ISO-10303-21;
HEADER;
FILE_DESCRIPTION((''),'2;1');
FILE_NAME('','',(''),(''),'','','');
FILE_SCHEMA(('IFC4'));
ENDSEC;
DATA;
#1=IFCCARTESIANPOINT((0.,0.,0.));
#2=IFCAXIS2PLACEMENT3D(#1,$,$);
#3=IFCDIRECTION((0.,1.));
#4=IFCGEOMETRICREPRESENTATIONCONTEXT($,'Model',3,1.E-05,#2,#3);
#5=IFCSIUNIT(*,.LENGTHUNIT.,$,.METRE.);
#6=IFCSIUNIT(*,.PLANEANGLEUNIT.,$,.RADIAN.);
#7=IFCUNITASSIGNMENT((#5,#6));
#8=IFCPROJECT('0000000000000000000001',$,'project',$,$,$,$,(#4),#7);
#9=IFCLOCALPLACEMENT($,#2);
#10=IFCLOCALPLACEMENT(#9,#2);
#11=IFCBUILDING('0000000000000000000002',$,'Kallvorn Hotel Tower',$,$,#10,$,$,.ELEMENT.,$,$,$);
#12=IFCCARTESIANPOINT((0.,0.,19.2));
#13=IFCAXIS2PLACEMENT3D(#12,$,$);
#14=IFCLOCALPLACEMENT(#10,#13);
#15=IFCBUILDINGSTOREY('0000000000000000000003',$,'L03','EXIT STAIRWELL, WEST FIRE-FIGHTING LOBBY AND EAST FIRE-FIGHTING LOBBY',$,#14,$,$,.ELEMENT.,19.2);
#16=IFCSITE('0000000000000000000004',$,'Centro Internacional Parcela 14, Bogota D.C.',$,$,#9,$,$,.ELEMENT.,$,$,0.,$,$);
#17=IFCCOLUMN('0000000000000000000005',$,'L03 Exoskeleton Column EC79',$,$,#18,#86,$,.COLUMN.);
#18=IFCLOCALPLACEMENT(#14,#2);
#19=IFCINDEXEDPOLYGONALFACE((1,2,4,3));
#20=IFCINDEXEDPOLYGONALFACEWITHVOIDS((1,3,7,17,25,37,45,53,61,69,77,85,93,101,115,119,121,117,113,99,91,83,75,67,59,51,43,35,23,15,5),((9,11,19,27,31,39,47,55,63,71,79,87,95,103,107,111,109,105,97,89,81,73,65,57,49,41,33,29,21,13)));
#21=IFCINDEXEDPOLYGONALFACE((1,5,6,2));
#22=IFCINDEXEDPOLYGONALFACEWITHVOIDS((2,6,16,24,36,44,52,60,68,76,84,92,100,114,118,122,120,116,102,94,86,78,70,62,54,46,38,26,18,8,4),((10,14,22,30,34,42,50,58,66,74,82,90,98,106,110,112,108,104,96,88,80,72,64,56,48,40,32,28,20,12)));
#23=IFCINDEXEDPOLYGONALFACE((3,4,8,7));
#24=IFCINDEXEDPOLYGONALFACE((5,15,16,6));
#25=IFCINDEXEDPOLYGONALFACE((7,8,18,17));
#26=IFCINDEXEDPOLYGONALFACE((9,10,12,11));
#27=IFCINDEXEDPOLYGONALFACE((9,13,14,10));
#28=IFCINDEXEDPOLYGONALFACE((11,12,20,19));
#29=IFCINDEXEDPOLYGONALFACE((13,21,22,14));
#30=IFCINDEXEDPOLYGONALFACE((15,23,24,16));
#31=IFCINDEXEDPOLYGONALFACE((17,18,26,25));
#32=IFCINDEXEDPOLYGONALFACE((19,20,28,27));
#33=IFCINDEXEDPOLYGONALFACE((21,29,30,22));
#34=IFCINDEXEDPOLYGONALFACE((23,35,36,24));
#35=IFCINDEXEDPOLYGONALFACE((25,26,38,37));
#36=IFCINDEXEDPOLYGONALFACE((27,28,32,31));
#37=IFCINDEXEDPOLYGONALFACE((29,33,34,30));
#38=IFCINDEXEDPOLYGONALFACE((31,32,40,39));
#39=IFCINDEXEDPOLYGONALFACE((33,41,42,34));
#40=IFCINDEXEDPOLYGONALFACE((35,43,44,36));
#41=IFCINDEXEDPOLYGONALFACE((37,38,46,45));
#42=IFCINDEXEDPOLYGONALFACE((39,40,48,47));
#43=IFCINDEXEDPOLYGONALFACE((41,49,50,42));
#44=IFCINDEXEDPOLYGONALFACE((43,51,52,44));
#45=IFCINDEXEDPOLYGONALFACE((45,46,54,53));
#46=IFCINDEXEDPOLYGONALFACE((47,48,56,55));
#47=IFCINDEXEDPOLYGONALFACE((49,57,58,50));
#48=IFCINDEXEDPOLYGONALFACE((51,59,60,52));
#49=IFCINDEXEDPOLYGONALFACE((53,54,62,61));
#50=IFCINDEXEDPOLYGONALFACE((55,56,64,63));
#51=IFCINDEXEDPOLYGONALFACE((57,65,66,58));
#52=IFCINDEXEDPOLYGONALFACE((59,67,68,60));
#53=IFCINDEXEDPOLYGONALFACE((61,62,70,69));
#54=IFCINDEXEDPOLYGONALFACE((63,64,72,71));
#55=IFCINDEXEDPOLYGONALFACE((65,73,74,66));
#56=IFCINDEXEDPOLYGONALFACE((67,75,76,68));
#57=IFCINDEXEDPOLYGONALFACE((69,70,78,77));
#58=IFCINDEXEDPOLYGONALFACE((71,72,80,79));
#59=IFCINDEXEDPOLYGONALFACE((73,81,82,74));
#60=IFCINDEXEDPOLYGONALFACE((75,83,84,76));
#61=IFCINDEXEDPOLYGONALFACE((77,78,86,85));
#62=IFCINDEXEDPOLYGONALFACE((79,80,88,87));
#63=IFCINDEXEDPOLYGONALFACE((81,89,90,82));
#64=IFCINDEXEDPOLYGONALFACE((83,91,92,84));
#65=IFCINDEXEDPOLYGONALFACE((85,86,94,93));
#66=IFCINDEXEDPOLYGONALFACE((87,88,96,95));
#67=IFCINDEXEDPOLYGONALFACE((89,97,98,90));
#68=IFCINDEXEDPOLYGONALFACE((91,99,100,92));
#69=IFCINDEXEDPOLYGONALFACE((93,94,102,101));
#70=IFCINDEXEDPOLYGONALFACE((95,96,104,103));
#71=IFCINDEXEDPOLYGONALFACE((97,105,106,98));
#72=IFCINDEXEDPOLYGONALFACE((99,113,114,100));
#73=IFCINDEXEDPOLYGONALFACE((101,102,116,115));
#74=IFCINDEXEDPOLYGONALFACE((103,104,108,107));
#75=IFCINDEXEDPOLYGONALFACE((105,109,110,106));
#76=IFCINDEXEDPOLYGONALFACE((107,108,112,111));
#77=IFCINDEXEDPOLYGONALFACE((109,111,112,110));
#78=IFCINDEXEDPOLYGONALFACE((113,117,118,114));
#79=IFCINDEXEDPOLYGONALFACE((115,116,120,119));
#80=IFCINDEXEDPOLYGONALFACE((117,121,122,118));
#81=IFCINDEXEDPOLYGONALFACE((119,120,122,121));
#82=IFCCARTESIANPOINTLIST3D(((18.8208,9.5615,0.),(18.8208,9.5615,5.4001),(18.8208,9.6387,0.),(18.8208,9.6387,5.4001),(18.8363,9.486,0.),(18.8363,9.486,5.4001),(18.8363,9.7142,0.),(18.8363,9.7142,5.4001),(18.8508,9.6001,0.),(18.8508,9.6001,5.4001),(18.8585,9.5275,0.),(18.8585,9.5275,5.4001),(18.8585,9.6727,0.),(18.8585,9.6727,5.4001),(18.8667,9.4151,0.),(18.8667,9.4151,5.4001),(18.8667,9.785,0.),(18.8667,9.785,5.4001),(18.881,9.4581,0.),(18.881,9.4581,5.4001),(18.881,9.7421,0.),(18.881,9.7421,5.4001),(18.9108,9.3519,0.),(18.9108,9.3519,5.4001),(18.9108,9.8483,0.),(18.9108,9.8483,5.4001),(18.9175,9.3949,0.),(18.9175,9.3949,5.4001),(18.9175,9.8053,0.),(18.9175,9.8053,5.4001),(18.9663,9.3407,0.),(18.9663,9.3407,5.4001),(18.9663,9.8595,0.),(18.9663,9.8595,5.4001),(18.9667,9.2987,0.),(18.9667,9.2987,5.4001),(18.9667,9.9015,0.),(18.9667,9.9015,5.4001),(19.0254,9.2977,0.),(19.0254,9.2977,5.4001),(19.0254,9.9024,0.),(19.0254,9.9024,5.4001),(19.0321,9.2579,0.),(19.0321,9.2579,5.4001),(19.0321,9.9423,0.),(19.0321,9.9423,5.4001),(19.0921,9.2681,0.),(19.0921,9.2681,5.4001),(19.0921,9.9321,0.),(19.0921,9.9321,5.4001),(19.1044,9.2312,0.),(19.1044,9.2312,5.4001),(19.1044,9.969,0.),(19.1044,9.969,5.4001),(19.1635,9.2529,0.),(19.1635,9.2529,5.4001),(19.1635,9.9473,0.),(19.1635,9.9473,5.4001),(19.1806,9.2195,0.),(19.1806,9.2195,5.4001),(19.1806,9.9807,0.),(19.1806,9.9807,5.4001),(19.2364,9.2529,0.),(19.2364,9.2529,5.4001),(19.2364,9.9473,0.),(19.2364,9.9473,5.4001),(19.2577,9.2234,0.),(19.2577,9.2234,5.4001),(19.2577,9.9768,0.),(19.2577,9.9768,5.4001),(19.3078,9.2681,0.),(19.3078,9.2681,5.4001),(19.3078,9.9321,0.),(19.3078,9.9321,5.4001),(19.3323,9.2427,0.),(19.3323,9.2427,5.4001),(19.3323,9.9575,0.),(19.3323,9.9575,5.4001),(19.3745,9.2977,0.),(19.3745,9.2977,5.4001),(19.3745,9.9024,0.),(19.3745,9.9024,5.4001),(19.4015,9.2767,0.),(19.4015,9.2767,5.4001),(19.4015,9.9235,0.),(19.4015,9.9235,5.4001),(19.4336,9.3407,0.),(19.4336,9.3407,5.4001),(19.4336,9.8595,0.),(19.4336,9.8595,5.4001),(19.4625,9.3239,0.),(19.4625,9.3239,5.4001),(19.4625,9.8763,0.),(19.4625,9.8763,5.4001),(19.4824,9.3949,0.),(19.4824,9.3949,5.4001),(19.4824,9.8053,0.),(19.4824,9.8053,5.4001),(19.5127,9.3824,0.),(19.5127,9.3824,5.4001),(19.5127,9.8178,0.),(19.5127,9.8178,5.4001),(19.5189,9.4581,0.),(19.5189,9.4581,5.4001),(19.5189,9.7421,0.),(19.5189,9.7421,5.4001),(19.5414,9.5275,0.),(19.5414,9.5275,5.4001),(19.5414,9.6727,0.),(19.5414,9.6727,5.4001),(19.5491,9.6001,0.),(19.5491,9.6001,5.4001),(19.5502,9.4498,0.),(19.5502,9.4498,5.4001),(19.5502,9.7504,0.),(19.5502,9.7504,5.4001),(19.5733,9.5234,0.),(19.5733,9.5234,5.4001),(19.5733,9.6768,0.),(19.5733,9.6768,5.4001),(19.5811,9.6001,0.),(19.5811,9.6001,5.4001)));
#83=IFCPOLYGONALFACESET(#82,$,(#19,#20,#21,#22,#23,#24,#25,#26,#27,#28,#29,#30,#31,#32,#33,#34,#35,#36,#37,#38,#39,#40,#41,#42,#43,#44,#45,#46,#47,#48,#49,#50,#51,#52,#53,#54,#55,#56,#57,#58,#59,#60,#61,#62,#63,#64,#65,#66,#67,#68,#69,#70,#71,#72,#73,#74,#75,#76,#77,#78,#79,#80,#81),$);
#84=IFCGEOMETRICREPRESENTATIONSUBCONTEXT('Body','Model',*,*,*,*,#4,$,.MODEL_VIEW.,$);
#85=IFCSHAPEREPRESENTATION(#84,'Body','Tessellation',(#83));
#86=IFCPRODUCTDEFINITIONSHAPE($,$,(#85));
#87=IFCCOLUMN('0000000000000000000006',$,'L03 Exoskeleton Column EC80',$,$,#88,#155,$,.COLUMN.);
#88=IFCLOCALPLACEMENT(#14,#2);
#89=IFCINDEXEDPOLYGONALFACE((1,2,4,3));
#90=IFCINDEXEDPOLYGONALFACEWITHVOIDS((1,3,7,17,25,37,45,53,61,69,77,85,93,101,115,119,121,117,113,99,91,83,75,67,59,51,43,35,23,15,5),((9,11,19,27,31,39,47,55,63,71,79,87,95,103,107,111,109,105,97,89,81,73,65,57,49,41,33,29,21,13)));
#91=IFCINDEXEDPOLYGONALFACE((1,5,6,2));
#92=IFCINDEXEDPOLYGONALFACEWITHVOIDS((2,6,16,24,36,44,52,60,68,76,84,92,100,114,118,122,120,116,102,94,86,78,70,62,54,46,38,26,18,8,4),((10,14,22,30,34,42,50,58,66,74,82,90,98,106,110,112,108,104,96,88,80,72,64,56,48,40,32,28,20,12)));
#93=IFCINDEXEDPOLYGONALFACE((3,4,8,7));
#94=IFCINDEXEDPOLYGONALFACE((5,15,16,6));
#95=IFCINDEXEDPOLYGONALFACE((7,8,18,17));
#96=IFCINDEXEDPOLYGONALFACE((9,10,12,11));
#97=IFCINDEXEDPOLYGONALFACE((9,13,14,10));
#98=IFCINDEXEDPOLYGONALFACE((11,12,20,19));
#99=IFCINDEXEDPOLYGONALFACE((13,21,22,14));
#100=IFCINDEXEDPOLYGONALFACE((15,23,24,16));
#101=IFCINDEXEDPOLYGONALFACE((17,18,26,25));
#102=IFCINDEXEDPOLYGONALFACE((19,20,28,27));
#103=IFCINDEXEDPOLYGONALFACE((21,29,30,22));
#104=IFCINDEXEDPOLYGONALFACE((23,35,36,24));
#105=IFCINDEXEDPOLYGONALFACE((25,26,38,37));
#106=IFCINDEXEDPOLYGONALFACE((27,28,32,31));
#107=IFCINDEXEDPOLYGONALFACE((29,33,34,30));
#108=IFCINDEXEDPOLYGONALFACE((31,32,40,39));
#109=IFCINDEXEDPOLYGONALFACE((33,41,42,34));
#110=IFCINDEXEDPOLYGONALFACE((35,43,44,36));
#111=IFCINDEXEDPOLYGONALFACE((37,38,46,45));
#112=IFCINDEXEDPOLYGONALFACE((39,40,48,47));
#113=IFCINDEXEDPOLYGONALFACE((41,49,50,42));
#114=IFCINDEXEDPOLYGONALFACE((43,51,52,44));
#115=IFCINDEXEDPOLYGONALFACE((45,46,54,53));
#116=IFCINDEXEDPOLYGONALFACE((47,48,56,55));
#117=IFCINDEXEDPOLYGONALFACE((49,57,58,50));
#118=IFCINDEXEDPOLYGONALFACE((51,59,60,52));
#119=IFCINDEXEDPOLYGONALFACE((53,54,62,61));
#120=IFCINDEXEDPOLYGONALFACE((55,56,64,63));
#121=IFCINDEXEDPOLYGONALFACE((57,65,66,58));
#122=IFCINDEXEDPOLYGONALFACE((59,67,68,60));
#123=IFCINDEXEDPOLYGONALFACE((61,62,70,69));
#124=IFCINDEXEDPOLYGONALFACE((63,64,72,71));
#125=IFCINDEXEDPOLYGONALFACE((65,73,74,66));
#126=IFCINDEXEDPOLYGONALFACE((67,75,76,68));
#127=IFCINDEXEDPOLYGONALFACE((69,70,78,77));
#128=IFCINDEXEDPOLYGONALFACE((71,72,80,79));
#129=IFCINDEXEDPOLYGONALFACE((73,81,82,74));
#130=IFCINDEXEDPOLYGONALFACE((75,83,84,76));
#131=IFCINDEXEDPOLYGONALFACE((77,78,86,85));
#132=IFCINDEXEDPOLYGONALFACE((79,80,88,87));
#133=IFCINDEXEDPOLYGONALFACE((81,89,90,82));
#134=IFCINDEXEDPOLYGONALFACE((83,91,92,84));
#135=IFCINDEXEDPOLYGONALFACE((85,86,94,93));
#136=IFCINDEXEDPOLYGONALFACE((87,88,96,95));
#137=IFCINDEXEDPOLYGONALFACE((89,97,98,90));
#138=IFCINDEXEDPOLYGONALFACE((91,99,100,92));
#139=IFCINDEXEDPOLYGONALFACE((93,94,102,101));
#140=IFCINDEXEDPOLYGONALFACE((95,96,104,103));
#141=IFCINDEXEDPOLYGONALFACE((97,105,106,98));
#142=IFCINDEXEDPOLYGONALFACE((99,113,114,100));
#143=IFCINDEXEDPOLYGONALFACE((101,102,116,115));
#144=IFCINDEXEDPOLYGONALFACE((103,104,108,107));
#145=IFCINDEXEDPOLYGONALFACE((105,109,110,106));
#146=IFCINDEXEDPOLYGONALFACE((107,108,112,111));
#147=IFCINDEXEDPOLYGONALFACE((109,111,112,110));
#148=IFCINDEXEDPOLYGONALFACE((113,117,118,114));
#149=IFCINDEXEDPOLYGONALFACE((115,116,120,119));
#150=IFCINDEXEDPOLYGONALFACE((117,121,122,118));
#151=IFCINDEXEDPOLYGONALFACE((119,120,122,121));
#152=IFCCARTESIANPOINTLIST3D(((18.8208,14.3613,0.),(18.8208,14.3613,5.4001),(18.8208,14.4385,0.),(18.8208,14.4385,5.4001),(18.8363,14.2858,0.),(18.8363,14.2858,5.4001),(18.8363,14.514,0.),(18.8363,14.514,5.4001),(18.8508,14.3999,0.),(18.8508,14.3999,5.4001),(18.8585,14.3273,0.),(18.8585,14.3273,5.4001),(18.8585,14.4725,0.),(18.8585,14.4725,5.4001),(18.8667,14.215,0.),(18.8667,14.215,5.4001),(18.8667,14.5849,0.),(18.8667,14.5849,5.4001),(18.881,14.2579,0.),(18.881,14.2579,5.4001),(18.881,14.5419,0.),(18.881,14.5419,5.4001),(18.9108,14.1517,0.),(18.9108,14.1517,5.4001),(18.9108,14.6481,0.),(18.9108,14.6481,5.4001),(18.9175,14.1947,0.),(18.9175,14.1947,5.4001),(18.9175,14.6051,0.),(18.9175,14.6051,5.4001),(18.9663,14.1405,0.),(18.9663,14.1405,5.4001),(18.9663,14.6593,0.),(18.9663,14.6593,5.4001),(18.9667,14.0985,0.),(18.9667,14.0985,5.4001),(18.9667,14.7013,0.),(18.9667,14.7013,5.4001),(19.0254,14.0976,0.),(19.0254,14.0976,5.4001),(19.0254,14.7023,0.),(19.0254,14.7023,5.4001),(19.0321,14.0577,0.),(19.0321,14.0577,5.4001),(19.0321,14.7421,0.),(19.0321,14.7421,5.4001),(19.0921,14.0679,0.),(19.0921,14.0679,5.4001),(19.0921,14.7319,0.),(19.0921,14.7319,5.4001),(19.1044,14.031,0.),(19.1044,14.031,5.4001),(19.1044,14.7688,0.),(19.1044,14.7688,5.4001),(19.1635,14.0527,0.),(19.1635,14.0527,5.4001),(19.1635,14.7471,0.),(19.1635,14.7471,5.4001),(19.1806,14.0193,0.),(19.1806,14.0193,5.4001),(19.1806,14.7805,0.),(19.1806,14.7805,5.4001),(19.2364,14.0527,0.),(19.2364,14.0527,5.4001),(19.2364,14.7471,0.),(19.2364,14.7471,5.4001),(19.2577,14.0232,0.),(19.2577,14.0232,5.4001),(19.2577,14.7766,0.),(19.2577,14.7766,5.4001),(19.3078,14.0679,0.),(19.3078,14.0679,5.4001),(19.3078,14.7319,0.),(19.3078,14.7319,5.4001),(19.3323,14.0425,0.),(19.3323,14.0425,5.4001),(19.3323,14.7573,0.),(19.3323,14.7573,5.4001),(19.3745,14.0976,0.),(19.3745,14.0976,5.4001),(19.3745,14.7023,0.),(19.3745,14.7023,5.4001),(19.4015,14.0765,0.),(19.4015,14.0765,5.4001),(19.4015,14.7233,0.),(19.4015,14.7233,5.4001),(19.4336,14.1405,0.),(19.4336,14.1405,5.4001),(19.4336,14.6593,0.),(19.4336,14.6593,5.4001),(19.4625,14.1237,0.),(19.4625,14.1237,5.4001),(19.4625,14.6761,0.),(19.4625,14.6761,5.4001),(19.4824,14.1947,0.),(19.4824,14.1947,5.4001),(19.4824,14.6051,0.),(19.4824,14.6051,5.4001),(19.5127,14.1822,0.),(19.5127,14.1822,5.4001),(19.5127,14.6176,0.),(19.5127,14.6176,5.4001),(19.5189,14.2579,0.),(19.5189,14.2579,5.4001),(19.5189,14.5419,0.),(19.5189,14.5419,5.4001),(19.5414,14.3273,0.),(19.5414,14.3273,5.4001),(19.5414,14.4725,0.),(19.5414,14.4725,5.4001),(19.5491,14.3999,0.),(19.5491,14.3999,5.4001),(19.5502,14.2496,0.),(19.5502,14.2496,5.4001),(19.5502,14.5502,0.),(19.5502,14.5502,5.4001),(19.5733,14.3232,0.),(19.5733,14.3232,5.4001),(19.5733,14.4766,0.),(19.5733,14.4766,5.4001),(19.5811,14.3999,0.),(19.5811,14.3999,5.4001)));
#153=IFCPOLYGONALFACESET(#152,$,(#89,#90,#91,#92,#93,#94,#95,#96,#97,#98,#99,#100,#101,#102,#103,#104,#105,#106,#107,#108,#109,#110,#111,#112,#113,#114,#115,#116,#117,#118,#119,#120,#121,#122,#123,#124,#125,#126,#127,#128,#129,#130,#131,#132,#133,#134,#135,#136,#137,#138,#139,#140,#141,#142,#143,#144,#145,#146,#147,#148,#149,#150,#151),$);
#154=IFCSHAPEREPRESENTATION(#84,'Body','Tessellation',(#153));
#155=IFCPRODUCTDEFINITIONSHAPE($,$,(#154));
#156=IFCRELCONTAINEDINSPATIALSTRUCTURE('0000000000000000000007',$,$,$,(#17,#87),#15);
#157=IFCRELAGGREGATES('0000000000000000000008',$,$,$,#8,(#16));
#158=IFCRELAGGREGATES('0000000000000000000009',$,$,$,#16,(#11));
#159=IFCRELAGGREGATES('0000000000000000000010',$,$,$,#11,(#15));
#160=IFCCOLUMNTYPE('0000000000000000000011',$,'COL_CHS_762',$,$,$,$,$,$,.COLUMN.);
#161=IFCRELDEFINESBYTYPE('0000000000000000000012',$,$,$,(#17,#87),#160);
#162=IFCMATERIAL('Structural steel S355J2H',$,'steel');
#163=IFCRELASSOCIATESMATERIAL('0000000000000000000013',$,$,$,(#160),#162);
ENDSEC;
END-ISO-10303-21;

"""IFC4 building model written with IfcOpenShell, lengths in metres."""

from ifc_helpers import new_model, si_unit, direction, frame, origin, origin_2d, place, context, subcontext, project, spatial, hollow_circle, extrude, material, material_profile, profile_set, type_object, element, save


model = new_model("IFC4")

# Units and contexts
model_context = context("Model", 3, precision=1e-05, world=origin(), true_north=direction((0.0, 1.0)))
body_context = subcontext(model_context, "Body", "Model", "MODEL_VIEW")
ifc_project = project(units=[si_unit("LENGTHUNIT", "METRE"), si_unit("PLANEANGLEUNIT", "RADIAN")], contexts=[model_context])

# Site, building, storey
site_placement = place(None, origin())
site = spatial("IfcSite", under=ifc_project, at=site_placement, Name="Centro Internacional Parcela 14, Bogota D.C.", CompositionType="ELEMENT", RefElevation=0.0)
building_placement = place(site_placement, origin())
building = spatial("IfcBuilding", under=site, at=building_placement, Name="Kallvorn Hotel Tower", CompositionType="ELEMENT")
storey_placement = place(building_placement, frame((0.0, 0.0, 19.2)))
storey = spatial("IfcBuildingStorey", under=building, at=storey_placement, Name="L03", Description="EXIT STAIRWELL, WEST FIRE-FIGHTING LOBBY AND EAST FIRE-FIGHTING LOBBY", CompositionType="ELEMENT", Elevation=19.2)

# Columns
ifc_material_1 = material(Name="Structural steel S355J2H", Category="steel")
ifc_material_profile_1 = material_profile(ifc_material_1, hollow_circle(Radius=0.3811, WallThickness=0.032, at=origin_2d()), Name="CHS 762x32")
ifc_profile_set_1 = profile_set([ifc_material_profile_1], Name="Structural steel S355J2H")
column_type_1 = type_object("IfcColumnType", Name="COL_CHS_762", PredefinedType="COLUMN", material=ifc_profile_set_1)
for number, where, z_axis, x_axis, name in (
    (1, (19.2, 9.6001, 0.0), (0.0, 0.0, 1.0), (1.0, 0.0, 0.0), "L03 Exoskeleton Column EC79"),
    (2, (19.2, 14.3999, 0.0), (0.0, 0.0, 1.0), (1.0, 0.0, 0.0), "L03 Exoskeleton Column EC80"),
):
    element("IfcColumn", number, at=place(storey_placement, frame(where, z_axis=z_axis, x_axis=x_axis)), inside=storey, type_object=column_type_1, Name=name, PredefinedType="COLUMN", context=body_context, shape_type="SweptSolid", body=[
        extrude(hollow_circle(Radius=0.3811, WallThickness=0.032, at=origin_2d()), origin(), (0.0, 0.0, 1.0), 5.4001),
    ])

save(model, "model.ifc")
